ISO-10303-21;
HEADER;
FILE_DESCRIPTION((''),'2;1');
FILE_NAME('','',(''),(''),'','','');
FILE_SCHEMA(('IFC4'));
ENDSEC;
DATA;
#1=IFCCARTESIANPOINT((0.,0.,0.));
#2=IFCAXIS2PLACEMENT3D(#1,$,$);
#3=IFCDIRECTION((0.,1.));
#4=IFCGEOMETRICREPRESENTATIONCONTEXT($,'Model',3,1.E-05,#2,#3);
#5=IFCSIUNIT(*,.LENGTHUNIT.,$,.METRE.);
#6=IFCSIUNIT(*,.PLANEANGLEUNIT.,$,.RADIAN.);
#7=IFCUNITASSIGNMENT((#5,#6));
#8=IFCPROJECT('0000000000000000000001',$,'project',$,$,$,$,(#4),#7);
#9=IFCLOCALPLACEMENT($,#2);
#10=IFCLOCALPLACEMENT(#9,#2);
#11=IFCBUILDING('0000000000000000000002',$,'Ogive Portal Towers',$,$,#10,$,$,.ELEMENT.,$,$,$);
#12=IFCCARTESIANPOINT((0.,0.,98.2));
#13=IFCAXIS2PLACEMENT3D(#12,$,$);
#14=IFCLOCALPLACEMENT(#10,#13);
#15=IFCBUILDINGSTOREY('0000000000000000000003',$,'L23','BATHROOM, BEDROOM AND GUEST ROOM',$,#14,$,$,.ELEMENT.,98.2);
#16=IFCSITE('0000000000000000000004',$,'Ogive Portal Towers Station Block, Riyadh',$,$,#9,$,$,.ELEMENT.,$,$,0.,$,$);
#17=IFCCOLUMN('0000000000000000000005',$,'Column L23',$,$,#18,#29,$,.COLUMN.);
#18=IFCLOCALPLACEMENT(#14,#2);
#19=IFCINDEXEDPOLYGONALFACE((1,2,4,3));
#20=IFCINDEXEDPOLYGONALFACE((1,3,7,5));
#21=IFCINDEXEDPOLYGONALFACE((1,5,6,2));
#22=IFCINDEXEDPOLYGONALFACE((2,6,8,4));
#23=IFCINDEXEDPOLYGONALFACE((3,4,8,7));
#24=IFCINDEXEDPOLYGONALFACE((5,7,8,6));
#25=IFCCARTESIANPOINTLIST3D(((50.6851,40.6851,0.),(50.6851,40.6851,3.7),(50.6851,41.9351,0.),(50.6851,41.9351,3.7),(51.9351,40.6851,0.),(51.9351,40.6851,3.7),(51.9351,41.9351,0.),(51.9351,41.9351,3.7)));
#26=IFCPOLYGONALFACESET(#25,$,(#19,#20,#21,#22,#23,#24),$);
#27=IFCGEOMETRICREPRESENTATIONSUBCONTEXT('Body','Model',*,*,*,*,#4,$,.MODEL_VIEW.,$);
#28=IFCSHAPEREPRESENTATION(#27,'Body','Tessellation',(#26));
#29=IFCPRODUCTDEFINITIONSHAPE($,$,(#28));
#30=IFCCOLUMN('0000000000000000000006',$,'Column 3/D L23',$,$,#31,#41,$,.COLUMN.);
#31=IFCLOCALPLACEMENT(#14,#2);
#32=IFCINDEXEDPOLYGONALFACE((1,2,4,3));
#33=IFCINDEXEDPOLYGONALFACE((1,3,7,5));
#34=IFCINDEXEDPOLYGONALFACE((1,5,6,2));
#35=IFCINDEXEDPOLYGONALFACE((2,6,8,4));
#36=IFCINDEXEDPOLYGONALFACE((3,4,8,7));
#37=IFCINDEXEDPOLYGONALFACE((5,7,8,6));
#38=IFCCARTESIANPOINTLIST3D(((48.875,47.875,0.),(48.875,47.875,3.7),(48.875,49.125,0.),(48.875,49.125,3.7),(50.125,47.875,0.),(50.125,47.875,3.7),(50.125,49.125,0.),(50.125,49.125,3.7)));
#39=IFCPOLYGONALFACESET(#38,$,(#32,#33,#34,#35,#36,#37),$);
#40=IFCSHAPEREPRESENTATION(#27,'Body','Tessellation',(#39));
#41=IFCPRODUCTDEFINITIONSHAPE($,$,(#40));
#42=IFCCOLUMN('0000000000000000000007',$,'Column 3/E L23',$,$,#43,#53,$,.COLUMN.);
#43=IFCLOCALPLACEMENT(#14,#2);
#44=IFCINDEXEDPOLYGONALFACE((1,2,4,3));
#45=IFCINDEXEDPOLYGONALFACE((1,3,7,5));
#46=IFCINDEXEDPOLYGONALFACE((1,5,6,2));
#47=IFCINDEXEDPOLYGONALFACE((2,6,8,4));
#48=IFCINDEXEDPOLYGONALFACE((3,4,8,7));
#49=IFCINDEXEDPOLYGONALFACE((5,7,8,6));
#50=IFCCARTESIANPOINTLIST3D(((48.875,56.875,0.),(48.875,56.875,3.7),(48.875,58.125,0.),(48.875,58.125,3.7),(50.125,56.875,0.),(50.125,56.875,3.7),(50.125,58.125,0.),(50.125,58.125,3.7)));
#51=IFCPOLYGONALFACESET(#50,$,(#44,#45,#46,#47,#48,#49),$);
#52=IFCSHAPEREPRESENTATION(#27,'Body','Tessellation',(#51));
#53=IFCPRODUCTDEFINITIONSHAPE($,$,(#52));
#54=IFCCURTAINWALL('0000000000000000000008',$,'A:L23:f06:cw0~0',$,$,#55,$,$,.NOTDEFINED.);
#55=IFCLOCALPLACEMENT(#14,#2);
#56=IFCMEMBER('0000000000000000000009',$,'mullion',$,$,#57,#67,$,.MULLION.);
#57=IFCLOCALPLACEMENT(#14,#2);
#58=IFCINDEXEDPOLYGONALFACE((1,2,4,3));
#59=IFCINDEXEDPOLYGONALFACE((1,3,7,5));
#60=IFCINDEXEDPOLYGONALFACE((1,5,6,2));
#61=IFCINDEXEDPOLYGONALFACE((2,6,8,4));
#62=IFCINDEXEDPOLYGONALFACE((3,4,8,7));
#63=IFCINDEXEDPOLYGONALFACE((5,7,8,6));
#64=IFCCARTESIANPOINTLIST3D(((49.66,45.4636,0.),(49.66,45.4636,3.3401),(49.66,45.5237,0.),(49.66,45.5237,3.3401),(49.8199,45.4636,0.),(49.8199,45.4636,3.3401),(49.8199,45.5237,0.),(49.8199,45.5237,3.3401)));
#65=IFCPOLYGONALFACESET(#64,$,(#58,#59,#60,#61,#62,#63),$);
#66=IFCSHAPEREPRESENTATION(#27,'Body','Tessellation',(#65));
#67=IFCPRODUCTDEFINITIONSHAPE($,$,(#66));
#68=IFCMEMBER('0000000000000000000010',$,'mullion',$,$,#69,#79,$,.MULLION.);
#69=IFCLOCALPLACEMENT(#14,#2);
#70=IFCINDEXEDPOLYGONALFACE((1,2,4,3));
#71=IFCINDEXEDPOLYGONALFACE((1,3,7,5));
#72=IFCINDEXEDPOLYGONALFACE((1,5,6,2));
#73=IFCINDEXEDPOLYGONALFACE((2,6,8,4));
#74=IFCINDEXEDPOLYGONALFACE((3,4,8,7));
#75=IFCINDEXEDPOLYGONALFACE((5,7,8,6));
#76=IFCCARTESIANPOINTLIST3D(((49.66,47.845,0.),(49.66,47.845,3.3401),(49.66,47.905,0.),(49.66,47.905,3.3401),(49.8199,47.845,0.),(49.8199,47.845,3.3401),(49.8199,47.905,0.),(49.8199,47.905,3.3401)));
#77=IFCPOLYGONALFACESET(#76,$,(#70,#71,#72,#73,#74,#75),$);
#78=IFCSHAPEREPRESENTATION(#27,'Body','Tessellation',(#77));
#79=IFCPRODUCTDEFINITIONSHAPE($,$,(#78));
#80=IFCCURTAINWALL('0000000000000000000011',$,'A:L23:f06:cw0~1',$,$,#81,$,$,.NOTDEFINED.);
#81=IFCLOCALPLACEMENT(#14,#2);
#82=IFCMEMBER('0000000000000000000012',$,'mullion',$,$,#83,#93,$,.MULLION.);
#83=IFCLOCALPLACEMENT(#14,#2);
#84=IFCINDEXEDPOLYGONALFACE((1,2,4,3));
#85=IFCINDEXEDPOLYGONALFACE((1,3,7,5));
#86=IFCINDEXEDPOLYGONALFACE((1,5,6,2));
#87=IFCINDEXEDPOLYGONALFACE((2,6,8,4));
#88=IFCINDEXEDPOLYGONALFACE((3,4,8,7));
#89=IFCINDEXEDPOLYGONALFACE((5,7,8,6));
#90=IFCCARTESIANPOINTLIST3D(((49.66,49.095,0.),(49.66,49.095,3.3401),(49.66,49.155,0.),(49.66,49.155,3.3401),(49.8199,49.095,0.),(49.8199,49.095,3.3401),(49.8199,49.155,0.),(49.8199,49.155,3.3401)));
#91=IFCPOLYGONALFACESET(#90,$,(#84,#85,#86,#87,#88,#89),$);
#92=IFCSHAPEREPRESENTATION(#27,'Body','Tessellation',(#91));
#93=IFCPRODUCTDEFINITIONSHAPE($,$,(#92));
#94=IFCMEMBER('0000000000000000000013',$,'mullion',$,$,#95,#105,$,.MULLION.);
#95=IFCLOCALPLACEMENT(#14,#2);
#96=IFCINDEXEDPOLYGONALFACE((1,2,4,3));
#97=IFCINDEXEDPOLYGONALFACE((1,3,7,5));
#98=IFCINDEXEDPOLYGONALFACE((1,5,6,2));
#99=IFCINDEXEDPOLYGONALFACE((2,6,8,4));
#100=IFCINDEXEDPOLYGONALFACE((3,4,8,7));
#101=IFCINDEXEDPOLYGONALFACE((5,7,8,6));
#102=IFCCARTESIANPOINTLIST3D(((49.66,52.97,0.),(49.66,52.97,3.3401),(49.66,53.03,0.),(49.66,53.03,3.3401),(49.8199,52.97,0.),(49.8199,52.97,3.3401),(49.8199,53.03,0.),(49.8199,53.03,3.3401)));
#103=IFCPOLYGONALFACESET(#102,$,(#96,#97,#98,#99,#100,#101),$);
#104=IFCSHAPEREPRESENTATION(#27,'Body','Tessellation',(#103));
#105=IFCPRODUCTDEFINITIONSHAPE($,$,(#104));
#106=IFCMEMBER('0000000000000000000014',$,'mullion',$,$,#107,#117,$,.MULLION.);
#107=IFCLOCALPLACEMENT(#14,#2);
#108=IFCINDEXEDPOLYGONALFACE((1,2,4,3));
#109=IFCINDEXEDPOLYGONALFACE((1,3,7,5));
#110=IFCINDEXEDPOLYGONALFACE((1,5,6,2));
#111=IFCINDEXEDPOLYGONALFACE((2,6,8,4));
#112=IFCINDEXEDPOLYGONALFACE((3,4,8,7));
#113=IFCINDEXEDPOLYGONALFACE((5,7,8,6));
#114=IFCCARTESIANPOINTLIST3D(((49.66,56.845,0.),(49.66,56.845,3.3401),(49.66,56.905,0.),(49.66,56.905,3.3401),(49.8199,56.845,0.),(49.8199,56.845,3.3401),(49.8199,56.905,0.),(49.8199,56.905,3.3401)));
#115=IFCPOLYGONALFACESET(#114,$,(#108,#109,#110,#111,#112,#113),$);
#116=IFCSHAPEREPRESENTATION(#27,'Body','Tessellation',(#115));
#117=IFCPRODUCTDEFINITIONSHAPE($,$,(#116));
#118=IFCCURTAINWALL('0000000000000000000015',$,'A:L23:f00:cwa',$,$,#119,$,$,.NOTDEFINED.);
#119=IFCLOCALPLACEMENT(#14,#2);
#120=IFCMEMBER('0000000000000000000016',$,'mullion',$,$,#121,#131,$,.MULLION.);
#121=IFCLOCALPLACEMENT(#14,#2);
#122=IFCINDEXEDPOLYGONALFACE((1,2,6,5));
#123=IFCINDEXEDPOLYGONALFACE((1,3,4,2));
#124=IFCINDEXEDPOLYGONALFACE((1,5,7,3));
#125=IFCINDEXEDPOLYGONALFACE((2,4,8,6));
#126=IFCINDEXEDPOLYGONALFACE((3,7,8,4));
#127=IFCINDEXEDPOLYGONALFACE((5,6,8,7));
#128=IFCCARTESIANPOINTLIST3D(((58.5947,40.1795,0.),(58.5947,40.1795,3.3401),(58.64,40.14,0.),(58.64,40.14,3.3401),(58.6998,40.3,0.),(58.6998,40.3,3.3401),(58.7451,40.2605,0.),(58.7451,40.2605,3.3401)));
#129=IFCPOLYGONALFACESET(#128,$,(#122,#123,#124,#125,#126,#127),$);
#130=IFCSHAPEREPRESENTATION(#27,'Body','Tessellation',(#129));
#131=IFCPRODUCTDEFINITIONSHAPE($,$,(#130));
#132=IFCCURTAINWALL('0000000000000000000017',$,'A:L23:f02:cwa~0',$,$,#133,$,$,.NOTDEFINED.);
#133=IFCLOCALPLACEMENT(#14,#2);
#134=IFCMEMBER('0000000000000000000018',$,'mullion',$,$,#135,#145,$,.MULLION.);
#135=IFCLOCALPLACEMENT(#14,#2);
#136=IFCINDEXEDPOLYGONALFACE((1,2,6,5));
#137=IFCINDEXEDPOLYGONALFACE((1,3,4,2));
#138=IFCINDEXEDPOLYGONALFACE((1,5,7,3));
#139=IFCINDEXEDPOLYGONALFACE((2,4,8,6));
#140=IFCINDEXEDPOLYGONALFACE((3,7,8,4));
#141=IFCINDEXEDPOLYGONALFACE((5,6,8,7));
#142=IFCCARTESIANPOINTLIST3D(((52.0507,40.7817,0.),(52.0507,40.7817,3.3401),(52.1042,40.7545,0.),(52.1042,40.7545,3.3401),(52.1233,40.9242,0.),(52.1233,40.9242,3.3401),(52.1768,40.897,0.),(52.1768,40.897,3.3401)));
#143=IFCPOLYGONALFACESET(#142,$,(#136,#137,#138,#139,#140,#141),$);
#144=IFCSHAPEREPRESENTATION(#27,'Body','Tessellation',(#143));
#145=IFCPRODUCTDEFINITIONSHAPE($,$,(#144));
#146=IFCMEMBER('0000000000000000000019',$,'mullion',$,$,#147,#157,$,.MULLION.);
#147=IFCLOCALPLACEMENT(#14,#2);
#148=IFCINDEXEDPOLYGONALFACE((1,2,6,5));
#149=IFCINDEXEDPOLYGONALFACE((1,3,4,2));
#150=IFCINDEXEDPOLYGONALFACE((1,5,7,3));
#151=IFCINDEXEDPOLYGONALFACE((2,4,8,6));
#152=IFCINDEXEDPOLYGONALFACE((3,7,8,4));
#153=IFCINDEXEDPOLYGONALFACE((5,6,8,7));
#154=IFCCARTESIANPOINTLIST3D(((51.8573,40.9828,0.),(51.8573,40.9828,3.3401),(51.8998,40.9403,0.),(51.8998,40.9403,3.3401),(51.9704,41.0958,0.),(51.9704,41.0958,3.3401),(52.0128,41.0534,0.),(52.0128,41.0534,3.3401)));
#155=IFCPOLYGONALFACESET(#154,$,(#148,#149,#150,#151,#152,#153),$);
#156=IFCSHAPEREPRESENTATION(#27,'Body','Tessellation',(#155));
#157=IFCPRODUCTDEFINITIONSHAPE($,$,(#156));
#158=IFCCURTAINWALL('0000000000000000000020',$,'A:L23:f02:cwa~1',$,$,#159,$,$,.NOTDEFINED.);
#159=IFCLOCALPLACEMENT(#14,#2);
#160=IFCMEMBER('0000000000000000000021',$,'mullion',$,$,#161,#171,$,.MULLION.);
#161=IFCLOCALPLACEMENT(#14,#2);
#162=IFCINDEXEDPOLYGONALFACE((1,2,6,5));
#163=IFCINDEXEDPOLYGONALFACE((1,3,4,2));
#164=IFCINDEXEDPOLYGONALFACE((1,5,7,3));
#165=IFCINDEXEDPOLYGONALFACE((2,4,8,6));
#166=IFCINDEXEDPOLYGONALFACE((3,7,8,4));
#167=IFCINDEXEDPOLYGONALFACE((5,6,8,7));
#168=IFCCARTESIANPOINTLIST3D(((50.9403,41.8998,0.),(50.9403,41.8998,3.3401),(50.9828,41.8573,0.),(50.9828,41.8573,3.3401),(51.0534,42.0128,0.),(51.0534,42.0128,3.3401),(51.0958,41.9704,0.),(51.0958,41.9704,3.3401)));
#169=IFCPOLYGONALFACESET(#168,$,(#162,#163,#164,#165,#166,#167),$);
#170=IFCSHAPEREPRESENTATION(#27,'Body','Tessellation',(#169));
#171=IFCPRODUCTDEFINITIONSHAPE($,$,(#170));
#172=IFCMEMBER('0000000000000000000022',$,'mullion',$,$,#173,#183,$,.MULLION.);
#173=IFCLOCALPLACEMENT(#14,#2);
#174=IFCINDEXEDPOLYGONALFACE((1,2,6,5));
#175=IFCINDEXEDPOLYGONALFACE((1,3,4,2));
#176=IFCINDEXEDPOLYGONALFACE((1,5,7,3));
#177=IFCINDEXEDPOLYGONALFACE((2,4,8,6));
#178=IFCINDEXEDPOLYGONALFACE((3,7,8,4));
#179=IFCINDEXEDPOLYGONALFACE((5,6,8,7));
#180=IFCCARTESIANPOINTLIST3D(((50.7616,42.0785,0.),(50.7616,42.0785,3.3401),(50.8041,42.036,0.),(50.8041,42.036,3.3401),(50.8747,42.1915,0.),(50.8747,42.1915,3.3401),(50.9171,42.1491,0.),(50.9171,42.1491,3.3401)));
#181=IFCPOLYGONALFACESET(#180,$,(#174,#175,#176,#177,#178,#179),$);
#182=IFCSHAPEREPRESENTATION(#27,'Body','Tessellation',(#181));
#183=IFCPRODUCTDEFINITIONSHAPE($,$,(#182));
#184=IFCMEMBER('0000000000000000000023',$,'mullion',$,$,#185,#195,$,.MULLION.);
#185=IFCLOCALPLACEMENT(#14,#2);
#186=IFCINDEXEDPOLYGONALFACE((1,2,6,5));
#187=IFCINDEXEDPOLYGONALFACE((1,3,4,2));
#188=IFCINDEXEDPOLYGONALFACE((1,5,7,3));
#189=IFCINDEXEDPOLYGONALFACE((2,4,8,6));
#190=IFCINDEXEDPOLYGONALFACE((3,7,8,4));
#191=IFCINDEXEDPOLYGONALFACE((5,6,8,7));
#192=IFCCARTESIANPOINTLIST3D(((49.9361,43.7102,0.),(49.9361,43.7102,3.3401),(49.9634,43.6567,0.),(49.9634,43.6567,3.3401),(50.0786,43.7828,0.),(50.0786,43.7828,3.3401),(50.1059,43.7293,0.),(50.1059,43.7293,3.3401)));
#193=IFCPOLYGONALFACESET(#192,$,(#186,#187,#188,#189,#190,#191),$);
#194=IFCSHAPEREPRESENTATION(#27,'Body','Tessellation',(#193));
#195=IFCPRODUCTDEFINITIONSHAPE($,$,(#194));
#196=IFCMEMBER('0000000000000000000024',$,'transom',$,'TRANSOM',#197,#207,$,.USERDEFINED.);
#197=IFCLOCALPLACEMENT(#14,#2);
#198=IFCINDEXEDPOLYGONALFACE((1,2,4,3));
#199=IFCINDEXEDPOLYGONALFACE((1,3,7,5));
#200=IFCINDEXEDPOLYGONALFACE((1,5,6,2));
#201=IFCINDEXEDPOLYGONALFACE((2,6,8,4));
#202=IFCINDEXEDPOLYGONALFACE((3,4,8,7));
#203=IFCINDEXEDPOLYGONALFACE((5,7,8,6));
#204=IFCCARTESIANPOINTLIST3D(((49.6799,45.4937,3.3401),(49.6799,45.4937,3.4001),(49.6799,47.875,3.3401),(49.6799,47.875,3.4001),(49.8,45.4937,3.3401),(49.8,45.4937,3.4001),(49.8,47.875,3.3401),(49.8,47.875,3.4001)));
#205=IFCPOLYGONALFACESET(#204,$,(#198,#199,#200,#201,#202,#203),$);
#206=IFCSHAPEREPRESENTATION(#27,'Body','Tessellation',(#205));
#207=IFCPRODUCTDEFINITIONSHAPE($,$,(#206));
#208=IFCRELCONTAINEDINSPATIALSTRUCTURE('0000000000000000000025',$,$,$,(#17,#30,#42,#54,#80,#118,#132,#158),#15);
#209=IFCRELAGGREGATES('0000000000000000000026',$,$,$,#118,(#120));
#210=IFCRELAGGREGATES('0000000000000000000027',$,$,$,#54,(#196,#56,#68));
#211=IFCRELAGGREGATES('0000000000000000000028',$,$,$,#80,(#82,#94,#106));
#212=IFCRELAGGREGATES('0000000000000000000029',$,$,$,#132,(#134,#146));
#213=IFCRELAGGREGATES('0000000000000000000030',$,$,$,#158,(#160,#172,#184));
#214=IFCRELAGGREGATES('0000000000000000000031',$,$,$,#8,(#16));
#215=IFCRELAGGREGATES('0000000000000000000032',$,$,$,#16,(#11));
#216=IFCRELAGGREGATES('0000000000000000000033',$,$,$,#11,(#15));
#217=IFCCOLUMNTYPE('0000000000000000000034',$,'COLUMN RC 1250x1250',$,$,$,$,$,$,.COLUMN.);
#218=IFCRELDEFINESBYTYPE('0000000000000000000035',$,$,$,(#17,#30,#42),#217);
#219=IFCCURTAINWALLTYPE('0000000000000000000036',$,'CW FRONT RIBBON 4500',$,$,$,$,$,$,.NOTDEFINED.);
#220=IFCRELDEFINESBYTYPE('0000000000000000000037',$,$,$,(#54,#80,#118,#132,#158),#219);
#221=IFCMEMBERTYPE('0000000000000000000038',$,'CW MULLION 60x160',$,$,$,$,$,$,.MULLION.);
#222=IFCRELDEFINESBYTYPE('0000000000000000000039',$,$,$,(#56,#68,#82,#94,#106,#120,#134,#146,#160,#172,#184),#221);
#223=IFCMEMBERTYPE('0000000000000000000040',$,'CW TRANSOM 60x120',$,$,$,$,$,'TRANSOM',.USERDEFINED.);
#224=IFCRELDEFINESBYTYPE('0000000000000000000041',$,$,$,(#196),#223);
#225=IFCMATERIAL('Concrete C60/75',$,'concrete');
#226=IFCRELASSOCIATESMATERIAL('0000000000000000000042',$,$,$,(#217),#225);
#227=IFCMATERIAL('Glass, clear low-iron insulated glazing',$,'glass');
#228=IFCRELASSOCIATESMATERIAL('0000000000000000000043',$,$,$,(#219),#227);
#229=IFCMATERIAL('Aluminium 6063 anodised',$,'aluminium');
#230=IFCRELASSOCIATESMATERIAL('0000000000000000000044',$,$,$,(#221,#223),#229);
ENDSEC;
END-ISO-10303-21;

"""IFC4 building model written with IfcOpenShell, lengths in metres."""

from ifc_helpers import new_model, si_unit, direction, frame, origin, origin_2d, place, context, subcontext, project, spatial, rectangle, extrude, material, material_profile, profile_set, type_object, element, aggregate, save


model = new_model("IFC4")

# Units and contexts
model_context = context("Model", 3, precision=1e-05, world=origin(), true_north=direction((0.0, 1.0)))
body_context = subcontext(model_context, "Body", "Model", "MODEL_VIEW")
ifc_project = project(units=[si_unit("LENGTHUNIT", "METRE"), si_unit("PLANEANGLEUNIT", "RADIAN")], contexts=[model_context])

# Site, building, storey
site_placement = place(None, origin())
site = spatial("IfcSite", under=ifc_project, at=site_placement, Name="Ogive Portal Towers Station Block, Riyadh", CompositionType="ELEMENT", RefElevation=0.0)
building_placement = place(site_placement, origin())
building = spatial("IfcBuilding", under=site, at=building_placement, Name="Ogive Portal Towers", CompositionType="ELEMENT")
storey_placement = place(building_placement, frame((0.0, 0.0, 98.2)))
storey = spatial("IfcBuildingStorey", under=building, at=storey_placement, Name="L23", Description="BATHROOM, BEDROOM AND GUEST ROOM", CompositionType="ELEMENT", Elevation=98.2)

# Columns
ifc_material_1 = material(Name="Concrete C60/75", Category="concrete")
ifc_material_profile_1 = material_profile(ifc_material_1, rectangle(XDim=1.25, YDim=1.25, at=origin_2d()), Name="RC 1250x1250")
ifc_profile_set_1 = profile_set([ifc_material_profile_1], Name="Concrete C60/75")
column_type = type_object("IfcColumnType", Name="COLUMN RC 1250x1250", PredefinedType="COLUMN", material=ifc_profile_set_1)
for number, where, z_axis, x_axis, name in (
    (1, (51.3101, 41.3101, 0.0), (0.0, 0.0, 1.0), (1.0, 0.0, 0.0), "Column L23"),
    (2, (49.5, 48.5, 0.0), (0.0, 0.0, 1.0), (1.0, 0.0, 0.0), "Column 3/D L23"),
    (3, (49.5, 57.5, 0.0), (0.0, 0.0, 1.0), (1.0, 0.0, 0.0), "Column 3/E L23"),
):
    element("IfcColumn", number, at=place(storey_placement, frame(where, z_axis=z_axis, x_axis=x_axis)), inside=storey, type_object=column_type, Name=name, PredefinedType="COLUMN", context=body_context, shape_type="SweptSolid", body=[
        extrude(rectangle(XDim=1.25, YDim=1.25, at=origin_2d()), origin(), (0.0, 0.0, 1.0), 3.7),
    ])

# Curtain walls, members
ifc_material_2 = material(Name="Glass, clear low-iron insulated glazing", Category="glass")
curtain_wall_type = type_object("IfcCurtainWallType", Name="CW FRONT RIBBON 4500", PredefinedType="NOTDEFINED", material=ifc_material_2)
curtain_wall_1_placement = place(storey_placement, origin())
curtain_wall_1 = element("IfcCurtainWall", 4, at=curtain_wall_1_placement, inside=storey, type_object=curtain_wall_type, Name="A:L23:f06:cw0~0", PredefinedType="NOTDEFINED")
ifc_material_3 = material(Name="Aluminium 6063 anodised", Category="aluminium")
ifc_material_profile_2 = material_profile(ifc_material_3, rectangle(XDim=0.1599, YDim=0.0601, at=origin_2d()), Name="AL 60x160")
ifc_profile_set_2 = profile_set([ifc_material_profile_2], Name="Aluminium 6063 anodised")
member_type_1 = type_object("IfcMemberType", Name="CW MULLION 60x160", PredefinedType="MULLION", material=ifc_profile_set_2)
member_1_placement = place(storey_placement, frame((49.74, 45.4937, 0.0), z_axis=(0.0, 0.0, 1.0), x_axis=(-1.0, 0.0, 0.0)))
member_1 = element("IfcMember", 5, at=member_1_placement, type_object=member_type_1, Name="mullion", PredefinedType="MULLION", context=body_context, shape_type="SweptSolid", body=[
    extrude(rectangle(XDim=0.1599, YDim=0.0601, at=origin_2d()), origin(), (0.0, 0.0, 1.0), 3.3401),
])
member_2_placement = place(storey_placement, frame((49.74, 47.875, 0.0), z_axis=(0.0, 0.0, 1.0), x_axis=(-1.0, 0.0, 0.0)))
member_2 = element("IfcMember", 6, at=member_2_placement, type_object=member_type_1, Name="mullion", PredefinedType="MULLION", context=body_context, shape_type="SweptSolid", body=[
    extrude(rectangle(XDim=0.1599, YDim=0.0601, at=origin_2d()), origin(), (0.0, 0.0, 1.0), 3.3401),
])
curtain_wall_2_placement = place(storey_placement, origin())
curtain_wall_2 = element("IfcCurtainWall", 7, at=curtain_wall_2_placement, inside=storey, type_object=curtain_wall_type, Name="A:L23:f06:cw0~1", PredefinedType="NOTDEFINED")
member_3_placement = place(storey_placement, frame((49.74, 49.125, 0.0), z_axis=(0.0, 0.0, 1.0), x_axis=(-1.0, 0.0, 0.0)))
member_3 = element("IfcMember", 8, at=member_3_placement, type_object=member_type_1, Name="mullion", PredefinedType="MULLION", context=body_context, shape_type="SweptSolid", body=[
    extrude(rectangle(XDim=0.1599, YDim=0.0601, at=origin_2d()), origin(), (0.0, 0.0, 1.0), 3.3401),
])
member_4_placement = place(storey_placement, frame((49.74, 53.0, 0.0), z_axis=(0.0, 0.0, 1.0), x_axis=(-1.0, 0.0, 0.0)))
member_4 = element("IfcMember", 9, at=member_4_placement, type_object=member_type_1, Name="mullion", PredefinedType="MULLION", context=body_context, shape_type="SweptSolid", body=[
    extrude(rectangle(XDim=0.1599, YDim=0.0601, at=origin_2d()), origin(), (0.0, 0.0, 1.0), 3.3401),
])
member_5_placement = place(storey_placement, frame((49.74, 56.875, 0.0), z_axis=(0.0, 0.0, 1.0), x_axis=(-1.0, 0.0, 0.0)))
member_5 = element("IfcMember", 10, at=member_5_placement, type_object=member_type_1, Name="mullion", PredefinedType="MULLION", context=body_context, shape_type="SweptSolid", body=[
    extrude(rectangle(XDim=0.1599, YDim=0.0601, at=origin_2d()), origin(), (0.0, 0.0, 1.0), 3.3401),
])

# Curtain wall, member
curtain_wall_3_placement = place(storey_placement, origin())
curtain_wall_3 = element("IfcCurtainWall", 11, at=curtain_wall_3_placement, inside=storey, type_object=curtain_wall_type, Name="A:L23:f00:cwa", PredefinedType="NOTDEFINED")
member_6_placement = place(storey_placement, frame((58.6699, 40.22, 0.0), z_axis=(0.0, 0.0, 1.0), x_axis=(-0.657335, -0.753599, 0.0)))
member_6 = element("IfcMember", 12, at=member_6_placement, type_object=member_type_1, Name="mullion", PredefinedType="MULLION", context=body_context, shape_type="SweptSolid", body=[
    extrude(rectangle(XDim=0.1599, YDim=0.0601, at=origin_2d()), origin(), (0.0, 0.0, 1.0), 3.3401),
])
aggregate(curtain_wall_3, [member_6])

# Curtain walls, members
curtain_wall_4_placement = place(storey_placement, origin())
curtain_wall_4 = element("IfcCurtainWall", 13, at=curtain_wall_4_placement, inside=storey, type_object=curtain_wall_type, Name="A:L23:f02:cwa~0", PredefinedType="NOTDEFINED")
member_7_placement = place(storey_placement, frame((52.1138, 40.8394, 0.0), z_axis=(0.0, 0.0, 1.0), x_axis=(-0.45399, -0.891007, 0.0)))
member_7 = element("IfcMember", 14, at=member_7_placement, type_object=member_type_1, Name="mullion", PredefinedType="MULLION", context=body_context, shape_type="SweptSolid", body=[
    extrude(rectangle(XDim=0.1599, YDim=0.0601, at=origin_2d()), origin(), (0.0, 0.0, 1.0), 3.3401),
])
member_8_placement = place(storey_placement, frame((51.9351, 41.0181, 0.0), z_axis=(0.0, 0.0, 1.0), x_axis=(-0.707107, -0.707107, 0.0)))
member_8 = element("IfcMember", 15, at=member_8_placement, type_object=member_type_1, Name="mullion", PredefinedType="MULLION", context=body_context, shape_type="SweptSolid", body=[
    extrude(rectangle(XDim=0.1599, YDim=0.0601, at=origin_2d()), origin(), (0.0, 0.0, 1.0), 3.3401),
])
curtain_wall_5_placement = place(storey_placement, origin())
curtain_wall_5 = element("IfcCurtainWall", 16, at=curtain_wall_5_placement, inside=storey, type_object=curtain_wall_type, Name="A:L23:f02:cwa~1", PredefinedType="NOTDEFINED")
member_9_placement = place(storey_placement, frame((51.0181, 41.9351, 0.0), z_axis=(0.0, 0.0, 1.0), x_axis=(-0.707107, -0.707107, 0.0)))
member_9 = element("IfcMember", 17, at=member_9_placement, type_object=member_type_1, Name="mullion", PredefinedType="MULLION", context=body_context, shape_type="SweptSolid", body=[
    extrude(rectangle(XDim=0.1599, YDim=0.0601, at=origin_2d()), origin(), (0.0, 0.0, 1.0), 3.3401),
])
member_10_placement = place(storey_placement, frame((50.8394, 42.1138, 0.0), z_axis=(0.0, 0.0, 1.0), x_axis=(-0.707107, -0.707107, 0.0)))
member_10 = element("IfcMember", 18, at=member_10_placement, type_object=member_type_1, Name="mullion", PredefinedType="MULLION", context=body_context, shape_type="SweptSolid", body=[
    extrude(rectangle(XDim=0.1599, YDim=0.0601, at=origin_2d()), origin(), (0.0, 0.0, 1.0), 3.3401),
])
member_11_placement = place(storey_placement, frame((50.021, 43.7197, 0.0), z_axis=(0.0, 0.0, 1.0), x_axis=(-0.891007, -0.45399, 0.0)))
member_11 = element("IfcMember", 19, at=member_11_placement, type_object=member_type_1, Name="mullion", PredefinedType="MULLION", context=body_context, shape_type="SweptSolid", body=[
    extrude(rectangle(XDim=0.1599, YDim=0.0601, at=origin_2d()), origin(), (0.0, 0.0, 1.0), 3.3401),
])

# Member
ifc_material_profile_3 = material_profile(ifc_material_3, rectangle(XDim=0.1201, YDim=0.0601, at=origin_2d()), Name="AL 120x60")
ifc_profile_set_3 = profile_set([ifc_material_profile_3], Name="Aluminium 6063 anodised")
member_type_2 = type_object("IfcMemberType", Name="CW TRANSOM 60x120", ElementType="TRANSOM", PredefinedType="USERDEFINED", material=ifc_profile_set_3)
member_12_placement = place(storey_placement, frame((49.74, 45.4937, 3.3701), z_axis=(0.0, 1.0, 0.0), x_axis=(-1.0, 0.0, 0.0)))
member_12 = element("IfcMember", 20, at=member_12_placement, type_object=member_type_2, Name="transom", ObjectType="TRANSOM", PredefinedType="USERDEFINED", context=body_context, shape_type="SweptSolid", body=[
    extrude(rectangle(XDim=0.1201, YDim=0.0601, at=origin_2d()), origin(), (0.0, 0.0, 1.0), 2.3813),
])

aggregate(curtain_wall_1, [member_12, member_1, member_2])
aggregate(curtain_wall_2, [member_3, member_4, member_5])
aggregate(curtain_wall_4, [member_7, member_8])
aggregate(curtain_wall_5, [member_9, member_10, member_11])

save(model, "model.ifc")
